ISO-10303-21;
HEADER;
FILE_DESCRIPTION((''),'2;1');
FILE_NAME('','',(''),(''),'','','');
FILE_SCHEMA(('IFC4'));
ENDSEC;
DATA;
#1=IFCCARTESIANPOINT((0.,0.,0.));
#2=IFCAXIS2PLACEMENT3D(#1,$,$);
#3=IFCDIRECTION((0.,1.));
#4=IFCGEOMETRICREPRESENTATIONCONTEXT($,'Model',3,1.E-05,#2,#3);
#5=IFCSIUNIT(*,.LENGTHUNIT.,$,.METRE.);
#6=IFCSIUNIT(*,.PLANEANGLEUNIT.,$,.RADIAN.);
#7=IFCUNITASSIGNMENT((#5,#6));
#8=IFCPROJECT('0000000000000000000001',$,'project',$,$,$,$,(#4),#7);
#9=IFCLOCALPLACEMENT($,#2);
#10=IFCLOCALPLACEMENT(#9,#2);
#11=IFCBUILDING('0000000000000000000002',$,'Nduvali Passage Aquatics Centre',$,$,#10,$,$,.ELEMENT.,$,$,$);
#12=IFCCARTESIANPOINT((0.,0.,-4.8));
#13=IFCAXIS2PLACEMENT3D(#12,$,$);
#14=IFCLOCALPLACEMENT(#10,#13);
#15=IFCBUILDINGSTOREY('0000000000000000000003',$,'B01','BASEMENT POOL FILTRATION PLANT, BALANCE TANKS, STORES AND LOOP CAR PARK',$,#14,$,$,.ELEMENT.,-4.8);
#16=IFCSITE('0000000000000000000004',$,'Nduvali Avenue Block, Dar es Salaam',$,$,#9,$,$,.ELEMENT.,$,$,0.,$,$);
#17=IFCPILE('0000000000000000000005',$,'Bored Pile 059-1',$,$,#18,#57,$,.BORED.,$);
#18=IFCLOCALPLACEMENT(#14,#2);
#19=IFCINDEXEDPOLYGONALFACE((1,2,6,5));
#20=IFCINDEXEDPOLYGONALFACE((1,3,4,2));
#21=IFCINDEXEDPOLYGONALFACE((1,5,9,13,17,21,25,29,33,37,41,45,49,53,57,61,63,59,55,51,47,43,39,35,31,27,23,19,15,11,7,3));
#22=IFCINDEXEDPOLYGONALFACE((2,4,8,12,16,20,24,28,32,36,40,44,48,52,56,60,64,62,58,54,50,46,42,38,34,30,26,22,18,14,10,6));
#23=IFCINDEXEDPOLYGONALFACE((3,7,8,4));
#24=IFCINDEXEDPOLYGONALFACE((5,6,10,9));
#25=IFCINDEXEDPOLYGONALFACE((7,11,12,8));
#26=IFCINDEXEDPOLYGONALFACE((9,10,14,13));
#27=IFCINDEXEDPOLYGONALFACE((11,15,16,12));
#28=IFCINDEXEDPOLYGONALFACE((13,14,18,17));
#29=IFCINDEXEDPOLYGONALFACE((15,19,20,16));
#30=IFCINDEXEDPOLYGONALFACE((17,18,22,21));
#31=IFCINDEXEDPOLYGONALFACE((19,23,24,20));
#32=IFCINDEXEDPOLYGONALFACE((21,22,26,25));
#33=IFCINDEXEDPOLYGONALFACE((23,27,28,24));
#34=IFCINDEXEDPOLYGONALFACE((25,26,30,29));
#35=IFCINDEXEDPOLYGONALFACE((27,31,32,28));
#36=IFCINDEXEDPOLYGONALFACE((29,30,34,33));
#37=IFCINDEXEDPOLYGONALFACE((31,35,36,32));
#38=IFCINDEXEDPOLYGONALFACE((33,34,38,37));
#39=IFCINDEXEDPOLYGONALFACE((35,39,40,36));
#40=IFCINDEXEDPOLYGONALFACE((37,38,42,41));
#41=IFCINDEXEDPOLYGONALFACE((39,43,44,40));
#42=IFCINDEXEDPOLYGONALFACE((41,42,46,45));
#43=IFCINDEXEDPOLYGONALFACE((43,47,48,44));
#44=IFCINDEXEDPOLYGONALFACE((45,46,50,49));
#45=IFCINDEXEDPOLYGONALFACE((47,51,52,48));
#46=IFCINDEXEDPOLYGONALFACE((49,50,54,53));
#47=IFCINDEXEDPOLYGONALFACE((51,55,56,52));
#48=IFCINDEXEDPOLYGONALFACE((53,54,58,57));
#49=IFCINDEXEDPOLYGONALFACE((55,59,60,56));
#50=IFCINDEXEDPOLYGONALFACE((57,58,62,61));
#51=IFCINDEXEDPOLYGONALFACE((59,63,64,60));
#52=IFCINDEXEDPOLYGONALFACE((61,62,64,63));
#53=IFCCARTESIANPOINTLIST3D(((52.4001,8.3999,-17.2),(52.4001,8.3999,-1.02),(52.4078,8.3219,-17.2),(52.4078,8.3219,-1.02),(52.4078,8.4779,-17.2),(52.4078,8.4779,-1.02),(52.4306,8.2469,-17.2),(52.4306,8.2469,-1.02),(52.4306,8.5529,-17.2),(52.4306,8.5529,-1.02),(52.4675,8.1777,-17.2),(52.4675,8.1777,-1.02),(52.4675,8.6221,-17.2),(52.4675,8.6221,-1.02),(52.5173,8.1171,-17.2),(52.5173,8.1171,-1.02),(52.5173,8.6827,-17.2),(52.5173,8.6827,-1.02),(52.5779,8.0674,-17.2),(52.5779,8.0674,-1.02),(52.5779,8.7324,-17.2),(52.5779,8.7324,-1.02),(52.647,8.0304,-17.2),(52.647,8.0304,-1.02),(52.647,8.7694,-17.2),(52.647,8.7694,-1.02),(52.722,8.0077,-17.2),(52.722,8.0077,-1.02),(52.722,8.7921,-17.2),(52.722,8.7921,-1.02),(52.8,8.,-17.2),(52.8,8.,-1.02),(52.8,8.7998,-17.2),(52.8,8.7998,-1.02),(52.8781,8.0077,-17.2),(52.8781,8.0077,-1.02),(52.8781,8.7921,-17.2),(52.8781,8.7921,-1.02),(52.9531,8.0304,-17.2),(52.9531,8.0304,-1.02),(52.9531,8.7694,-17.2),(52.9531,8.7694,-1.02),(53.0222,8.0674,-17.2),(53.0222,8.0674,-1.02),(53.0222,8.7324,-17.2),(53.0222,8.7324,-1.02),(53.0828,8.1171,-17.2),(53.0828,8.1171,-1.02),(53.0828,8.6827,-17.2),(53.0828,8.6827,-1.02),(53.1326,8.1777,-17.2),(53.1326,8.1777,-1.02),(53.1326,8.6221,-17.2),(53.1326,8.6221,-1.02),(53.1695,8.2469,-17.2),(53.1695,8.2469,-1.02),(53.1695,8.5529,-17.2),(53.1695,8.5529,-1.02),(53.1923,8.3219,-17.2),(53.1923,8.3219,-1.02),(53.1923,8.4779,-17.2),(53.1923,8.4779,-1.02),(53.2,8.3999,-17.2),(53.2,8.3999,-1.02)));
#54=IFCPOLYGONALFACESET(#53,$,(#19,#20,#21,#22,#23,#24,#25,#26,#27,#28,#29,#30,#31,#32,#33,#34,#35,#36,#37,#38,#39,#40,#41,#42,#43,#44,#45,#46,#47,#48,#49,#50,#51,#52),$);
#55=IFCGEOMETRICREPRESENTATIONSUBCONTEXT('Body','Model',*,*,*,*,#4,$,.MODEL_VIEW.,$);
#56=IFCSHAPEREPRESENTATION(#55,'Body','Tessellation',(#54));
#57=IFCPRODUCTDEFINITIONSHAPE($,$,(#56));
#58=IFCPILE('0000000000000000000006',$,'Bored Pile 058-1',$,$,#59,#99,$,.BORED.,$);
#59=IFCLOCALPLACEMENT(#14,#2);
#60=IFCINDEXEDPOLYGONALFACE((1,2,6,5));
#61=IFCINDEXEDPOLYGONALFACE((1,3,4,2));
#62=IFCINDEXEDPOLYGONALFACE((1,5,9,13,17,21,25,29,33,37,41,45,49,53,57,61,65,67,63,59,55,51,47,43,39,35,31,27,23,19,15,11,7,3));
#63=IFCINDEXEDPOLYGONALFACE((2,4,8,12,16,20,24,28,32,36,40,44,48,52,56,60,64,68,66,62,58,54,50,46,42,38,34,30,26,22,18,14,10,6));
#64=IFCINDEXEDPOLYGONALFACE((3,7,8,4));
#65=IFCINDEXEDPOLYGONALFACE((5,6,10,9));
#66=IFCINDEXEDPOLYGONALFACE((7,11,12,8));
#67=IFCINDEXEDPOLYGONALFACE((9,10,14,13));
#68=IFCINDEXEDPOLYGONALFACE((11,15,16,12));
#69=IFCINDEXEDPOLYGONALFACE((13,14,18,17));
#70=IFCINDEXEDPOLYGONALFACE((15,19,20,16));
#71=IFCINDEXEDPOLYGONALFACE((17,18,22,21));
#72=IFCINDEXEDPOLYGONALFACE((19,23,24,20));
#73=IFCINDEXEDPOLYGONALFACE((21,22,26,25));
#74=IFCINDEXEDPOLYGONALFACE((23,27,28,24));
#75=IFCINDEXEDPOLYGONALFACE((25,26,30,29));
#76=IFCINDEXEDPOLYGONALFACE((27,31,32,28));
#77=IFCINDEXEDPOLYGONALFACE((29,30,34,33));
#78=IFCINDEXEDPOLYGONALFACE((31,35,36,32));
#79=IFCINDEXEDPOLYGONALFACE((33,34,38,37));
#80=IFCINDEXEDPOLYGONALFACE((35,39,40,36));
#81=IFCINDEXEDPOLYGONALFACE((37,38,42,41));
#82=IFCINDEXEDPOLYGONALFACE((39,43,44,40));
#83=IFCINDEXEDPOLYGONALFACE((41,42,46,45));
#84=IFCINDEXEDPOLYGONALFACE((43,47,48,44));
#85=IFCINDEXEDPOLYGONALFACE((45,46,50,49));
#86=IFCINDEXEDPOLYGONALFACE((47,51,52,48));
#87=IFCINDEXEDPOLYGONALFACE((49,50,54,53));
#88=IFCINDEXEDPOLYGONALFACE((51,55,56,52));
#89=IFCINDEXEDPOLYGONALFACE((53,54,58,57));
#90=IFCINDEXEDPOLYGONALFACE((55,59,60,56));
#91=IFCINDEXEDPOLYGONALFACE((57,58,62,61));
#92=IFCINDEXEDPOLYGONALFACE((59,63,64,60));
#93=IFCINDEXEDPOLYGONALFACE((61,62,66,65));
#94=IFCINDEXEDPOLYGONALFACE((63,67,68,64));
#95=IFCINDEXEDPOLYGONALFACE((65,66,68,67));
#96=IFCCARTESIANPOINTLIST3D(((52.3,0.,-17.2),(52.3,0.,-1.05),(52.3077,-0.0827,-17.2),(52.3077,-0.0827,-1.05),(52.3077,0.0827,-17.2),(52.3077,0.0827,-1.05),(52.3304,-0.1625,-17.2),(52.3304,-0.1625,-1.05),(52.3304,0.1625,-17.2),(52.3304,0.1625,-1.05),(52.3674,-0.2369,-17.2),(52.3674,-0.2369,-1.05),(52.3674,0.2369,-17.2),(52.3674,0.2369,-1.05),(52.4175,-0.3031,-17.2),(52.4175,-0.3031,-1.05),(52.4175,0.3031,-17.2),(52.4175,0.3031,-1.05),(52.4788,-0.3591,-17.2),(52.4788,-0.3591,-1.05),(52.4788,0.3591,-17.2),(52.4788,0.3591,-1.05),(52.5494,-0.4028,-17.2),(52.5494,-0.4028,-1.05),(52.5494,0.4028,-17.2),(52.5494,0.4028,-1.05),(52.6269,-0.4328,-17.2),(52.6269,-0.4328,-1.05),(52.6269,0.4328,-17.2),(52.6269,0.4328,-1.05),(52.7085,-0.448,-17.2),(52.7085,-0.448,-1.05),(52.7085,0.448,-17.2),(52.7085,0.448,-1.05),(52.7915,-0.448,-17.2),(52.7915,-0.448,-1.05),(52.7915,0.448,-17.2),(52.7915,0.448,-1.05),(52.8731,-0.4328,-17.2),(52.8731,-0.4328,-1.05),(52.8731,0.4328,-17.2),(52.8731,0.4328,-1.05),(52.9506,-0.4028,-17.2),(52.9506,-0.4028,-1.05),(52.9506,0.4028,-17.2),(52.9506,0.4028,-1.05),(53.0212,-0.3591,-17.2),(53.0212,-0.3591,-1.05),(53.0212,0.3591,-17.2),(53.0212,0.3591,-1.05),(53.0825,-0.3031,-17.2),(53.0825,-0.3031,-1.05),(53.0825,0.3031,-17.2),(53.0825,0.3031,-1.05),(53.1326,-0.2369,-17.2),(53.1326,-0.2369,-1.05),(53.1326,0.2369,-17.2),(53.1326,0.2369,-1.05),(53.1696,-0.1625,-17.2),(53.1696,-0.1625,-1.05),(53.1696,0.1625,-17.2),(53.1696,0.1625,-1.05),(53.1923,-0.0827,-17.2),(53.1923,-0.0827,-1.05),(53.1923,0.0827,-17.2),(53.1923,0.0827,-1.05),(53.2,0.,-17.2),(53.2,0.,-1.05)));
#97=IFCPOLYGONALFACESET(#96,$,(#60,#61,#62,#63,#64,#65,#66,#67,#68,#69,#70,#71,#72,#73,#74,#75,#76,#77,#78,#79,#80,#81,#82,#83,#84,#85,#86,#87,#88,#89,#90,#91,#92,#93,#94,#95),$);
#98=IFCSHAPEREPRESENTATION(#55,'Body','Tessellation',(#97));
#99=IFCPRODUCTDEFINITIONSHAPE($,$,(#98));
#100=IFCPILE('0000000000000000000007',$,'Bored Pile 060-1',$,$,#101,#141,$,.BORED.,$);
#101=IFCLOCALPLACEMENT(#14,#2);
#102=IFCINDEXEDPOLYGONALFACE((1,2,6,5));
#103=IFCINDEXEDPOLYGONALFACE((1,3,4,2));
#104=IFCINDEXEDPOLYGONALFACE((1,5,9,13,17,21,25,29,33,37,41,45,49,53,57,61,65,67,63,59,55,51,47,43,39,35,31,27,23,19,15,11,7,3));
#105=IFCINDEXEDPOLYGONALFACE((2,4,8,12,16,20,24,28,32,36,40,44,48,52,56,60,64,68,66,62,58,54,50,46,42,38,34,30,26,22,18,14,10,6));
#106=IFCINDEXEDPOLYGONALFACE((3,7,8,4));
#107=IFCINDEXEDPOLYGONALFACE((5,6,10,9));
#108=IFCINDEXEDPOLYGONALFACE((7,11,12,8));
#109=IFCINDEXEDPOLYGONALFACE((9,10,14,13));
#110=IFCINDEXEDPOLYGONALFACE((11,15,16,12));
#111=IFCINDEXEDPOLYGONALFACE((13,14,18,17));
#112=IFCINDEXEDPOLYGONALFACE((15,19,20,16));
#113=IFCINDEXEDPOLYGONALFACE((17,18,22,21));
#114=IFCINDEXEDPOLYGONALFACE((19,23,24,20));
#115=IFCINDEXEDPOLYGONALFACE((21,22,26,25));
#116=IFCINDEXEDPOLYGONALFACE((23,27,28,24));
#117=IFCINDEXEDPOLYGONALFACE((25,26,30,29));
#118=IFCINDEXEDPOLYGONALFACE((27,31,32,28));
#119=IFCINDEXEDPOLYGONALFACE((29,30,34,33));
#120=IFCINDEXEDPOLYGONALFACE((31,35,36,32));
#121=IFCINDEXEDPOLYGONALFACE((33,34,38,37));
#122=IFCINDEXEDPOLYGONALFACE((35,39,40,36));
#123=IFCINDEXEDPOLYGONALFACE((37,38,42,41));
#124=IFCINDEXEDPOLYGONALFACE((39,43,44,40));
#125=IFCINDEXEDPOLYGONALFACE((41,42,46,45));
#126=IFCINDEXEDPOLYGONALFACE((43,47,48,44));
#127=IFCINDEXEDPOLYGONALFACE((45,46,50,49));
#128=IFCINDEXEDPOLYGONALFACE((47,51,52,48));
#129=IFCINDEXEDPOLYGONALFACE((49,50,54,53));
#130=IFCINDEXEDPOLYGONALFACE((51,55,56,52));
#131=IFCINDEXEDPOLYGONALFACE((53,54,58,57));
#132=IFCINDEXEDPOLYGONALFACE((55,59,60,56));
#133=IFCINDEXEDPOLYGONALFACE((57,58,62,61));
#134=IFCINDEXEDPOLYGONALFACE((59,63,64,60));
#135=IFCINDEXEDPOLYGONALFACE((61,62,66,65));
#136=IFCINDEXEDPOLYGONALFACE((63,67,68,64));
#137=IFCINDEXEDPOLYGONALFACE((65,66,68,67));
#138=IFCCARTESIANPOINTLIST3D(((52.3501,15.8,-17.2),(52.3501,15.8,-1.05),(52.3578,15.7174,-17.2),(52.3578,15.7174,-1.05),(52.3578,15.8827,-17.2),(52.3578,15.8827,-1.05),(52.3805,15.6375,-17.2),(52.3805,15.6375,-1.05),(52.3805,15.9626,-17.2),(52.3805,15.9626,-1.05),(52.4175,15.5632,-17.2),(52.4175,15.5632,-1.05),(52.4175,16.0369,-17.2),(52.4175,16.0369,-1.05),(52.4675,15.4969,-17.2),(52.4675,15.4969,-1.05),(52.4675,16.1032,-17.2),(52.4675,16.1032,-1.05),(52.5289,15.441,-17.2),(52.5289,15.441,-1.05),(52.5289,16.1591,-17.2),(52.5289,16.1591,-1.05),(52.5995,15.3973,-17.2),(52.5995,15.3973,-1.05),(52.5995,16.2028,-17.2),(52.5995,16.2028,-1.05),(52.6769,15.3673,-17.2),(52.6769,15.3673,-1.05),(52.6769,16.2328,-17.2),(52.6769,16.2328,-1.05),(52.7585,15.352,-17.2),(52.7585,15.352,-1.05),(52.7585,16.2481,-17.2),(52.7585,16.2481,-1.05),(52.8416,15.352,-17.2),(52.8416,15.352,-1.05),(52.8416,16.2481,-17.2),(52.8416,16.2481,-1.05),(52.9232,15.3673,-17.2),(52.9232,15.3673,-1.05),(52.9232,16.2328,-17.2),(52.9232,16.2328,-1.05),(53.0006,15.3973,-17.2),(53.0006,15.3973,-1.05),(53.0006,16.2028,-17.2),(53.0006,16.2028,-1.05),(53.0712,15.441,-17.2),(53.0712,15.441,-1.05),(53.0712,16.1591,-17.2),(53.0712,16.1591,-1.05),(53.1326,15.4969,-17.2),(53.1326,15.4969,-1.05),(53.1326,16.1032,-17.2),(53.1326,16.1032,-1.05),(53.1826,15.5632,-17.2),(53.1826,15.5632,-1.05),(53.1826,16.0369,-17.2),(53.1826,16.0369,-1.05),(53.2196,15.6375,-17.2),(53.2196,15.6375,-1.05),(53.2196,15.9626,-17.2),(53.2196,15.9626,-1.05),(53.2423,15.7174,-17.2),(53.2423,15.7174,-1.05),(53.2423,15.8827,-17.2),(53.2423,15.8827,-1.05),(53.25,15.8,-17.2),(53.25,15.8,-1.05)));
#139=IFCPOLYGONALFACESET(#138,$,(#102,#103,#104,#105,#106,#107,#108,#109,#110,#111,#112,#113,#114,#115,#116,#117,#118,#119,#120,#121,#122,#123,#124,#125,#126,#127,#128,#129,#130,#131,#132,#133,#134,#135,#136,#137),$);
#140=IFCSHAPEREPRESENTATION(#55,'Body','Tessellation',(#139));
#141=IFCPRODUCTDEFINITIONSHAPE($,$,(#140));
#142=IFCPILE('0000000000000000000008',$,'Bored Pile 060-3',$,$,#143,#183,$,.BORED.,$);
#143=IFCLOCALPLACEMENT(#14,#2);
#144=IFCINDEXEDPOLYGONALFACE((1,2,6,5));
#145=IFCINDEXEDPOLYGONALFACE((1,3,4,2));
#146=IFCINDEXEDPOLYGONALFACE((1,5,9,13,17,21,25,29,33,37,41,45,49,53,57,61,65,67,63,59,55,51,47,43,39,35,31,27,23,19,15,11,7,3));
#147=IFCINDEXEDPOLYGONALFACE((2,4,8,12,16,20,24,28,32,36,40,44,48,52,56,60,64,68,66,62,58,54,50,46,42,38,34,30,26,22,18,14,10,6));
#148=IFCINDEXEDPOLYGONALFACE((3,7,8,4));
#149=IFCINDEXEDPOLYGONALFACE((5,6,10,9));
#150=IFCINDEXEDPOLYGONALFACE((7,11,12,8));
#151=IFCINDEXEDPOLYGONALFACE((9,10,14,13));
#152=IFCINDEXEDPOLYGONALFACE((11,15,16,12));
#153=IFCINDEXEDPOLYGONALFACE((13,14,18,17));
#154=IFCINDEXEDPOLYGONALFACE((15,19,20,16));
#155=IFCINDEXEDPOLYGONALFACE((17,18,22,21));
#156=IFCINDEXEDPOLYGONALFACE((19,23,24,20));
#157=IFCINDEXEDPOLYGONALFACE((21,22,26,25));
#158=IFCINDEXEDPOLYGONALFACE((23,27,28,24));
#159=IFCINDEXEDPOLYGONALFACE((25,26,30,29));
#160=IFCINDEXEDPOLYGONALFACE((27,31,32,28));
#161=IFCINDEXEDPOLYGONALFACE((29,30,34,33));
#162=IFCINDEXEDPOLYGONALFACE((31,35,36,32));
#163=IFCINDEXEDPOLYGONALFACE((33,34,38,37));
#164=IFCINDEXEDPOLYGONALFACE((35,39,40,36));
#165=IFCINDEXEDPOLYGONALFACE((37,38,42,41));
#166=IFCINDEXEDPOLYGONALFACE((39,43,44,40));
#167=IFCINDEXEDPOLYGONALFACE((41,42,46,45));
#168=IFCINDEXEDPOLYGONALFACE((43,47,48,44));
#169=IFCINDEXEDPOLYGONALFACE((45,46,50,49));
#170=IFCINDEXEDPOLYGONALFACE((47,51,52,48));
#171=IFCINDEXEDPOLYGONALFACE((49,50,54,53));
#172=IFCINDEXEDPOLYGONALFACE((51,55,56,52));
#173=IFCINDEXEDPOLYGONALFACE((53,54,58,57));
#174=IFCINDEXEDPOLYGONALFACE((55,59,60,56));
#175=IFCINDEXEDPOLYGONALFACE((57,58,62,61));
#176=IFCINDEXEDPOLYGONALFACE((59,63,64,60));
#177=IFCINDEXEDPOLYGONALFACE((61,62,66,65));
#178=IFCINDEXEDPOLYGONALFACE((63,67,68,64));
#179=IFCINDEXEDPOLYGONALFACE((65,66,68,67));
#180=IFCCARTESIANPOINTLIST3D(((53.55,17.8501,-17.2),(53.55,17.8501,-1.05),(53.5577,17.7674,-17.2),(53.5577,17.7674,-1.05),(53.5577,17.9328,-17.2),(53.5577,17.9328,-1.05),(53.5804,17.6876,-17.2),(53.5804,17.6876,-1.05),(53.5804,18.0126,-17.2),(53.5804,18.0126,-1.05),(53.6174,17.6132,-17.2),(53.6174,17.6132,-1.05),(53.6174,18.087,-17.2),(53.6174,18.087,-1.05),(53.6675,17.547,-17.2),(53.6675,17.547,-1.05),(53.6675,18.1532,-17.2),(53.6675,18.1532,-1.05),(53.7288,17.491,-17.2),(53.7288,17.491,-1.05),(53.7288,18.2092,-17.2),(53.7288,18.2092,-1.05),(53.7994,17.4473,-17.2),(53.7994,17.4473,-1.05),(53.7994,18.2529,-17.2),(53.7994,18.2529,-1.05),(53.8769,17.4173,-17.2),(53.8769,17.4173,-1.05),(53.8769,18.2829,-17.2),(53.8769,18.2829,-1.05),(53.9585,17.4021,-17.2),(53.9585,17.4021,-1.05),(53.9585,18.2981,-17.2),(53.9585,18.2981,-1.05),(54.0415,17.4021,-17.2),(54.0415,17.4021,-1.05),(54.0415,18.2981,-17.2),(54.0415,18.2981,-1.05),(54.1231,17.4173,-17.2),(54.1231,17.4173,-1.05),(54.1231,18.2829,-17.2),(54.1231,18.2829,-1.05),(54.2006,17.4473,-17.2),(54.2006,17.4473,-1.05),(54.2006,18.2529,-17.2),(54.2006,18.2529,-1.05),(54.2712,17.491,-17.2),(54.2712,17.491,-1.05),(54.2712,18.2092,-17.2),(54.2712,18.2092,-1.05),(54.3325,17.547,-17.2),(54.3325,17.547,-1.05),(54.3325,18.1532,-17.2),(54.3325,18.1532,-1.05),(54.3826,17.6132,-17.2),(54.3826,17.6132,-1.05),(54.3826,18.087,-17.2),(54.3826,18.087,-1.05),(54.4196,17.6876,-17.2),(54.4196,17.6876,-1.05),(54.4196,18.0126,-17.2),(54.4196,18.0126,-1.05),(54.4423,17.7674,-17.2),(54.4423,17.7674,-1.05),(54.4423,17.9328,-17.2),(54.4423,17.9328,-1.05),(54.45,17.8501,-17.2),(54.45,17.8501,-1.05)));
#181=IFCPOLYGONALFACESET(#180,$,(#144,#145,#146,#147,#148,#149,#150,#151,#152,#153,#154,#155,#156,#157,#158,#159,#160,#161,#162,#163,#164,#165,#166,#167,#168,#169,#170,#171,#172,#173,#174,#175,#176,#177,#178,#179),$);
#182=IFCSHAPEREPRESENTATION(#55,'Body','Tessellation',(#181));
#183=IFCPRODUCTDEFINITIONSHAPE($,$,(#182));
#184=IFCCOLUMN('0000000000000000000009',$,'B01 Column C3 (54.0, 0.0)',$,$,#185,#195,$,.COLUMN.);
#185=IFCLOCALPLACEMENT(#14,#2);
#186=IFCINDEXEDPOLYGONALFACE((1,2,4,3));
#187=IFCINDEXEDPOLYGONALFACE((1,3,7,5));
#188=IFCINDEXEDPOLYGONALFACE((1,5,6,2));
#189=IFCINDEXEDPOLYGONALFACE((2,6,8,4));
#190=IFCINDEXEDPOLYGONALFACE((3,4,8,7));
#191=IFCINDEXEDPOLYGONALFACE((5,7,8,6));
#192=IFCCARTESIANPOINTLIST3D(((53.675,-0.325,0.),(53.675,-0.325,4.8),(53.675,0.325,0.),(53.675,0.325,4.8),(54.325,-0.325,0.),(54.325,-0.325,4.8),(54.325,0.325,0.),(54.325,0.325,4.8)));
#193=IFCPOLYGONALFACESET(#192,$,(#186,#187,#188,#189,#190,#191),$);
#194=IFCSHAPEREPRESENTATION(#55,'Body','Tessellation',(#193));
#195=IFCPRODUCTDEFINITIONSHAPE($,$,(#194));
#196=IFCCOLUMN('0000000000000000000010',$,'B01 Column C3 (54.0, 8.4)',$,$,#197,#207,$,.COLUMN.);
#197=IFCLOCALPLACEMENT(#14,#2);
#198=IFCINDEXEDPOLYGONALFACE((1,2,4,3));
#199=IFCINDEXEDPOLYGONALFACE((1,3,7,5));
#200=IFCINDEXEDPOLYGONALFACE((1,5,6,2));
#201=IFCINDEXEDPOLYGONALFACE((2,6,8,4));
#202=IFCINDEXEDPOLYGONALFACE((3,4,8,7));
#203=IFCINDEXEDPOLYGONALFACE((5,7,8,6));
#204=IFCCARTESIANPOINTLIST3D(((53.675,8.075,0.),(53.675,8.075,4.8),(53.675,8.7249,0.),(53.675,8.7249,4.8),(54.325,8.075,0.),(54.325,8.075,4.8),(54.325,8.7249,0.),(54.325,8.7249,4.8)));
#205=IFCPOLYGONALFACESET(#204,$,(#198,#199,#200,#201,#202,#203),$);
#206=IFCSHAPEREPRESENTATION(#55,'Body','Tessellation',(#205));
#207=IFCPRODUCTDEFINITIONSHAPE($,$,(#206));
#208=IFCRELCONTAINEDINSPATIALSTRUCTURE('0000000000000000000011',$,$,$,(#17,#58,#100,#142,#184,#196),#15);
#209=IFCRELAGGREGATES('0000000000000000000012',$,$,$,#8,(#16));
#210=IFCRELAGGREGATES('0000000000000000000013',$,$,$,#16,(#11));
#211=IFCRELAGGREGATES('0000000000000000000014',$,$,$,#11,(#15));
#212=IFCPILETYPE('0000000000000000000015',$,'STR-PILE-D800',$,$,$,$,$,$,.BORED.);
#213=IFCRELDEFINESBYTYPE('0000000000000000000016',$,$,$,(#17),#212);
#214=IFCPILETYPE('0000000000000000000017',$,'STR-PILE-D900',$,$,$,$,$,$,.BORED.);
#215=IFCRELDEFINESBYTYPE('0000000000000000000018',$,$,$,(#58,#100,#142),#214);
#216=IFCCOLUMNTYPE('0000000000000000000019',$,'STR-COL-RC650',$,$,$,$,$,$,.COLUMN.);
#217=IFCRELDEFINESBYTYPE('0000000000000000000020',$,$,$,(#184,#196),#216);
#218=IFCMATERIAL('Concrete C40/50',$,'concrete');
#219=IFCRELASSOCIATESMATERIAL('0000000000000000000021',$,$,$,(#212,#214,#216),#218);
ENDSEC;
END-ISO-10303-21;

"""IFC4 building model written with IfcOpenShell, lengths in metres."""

from ifc_helpers import new_model, si_unit, direction, frame, origin, origin_2d, place, context, subcontext, project, spatial, rectangle, circle, extrude, material, material_profile, profile_set, type_object, element, save


model = new_model("IFC4")

# Units and contexts
model_context = context("Model", 3, precision=1e-05, world=origin(), true_north=direction((0.0, 1.0)))
body_context = subcontext(model_context, "Body", "Model", "MODEL_VIEW")
ifc_project = project(units=[si_unit("LENGTHUNIT", "METRE"), si_unit("PLANEANGLEUNIT", "RADIAN")], contexts=[model_context])

# Site, building, storey
site_placement = place(None, origin())
site = spatial("IfcSite", under=ifc_project, at=site_placement, Name="Nduvali Avenue Block, Dar es Salaam", CompositionType="ELEMENT", RefElevation=0.0)
building_placement = place(site_placement, origin())
building = spatial("IfcBuilding", under=site, at=building_placement, Name="Nduvali Passage Aquatics Centre", CompositionType="ELEMENT")
storey_placement = place(building_placement, frame((0.0, 0.0, -4.8)))
storey = spatial("IfcBuildingStorey", under=building, at=storey_placement, Name="B01", Description="BASEMENT POOL FILTRATION PLANT, BALANCE TANKS, STORES AND LOOP CAR PARK", CompositionType="ELEMENT", Elevation=-4.8)

# Shared definitions
ifc_material = material(Name="Concrete C40/50", Category="concrete")

# Piles
ifc_material_profile_1 = material_profile(ifc_material, circle(Radius=0.3999, at=origin_2d()), Name="PILE D800")
ifc_profile_set_1 = profile_set([ifc_material_profile_1], Name="Concrete C40/50")
pile_type_1 = type_object("IfcPileType", Name="STR-PILE-D800", PredefinedType="BORED", material=ifc_profile_set_1)
pile_1_placement = place(storey_placement, frame((52.8, 8.3999, -1.02), z_axis=(0.0, 0.0, -1.0), x_axis=(1.0, 0.0, 0.0)))
element("IfcPile", 1, at=pile_1_placement, inside=storey, type_object=pile_type_1, Name="Bored Pile 059-1", PredefinedType="BORED", context=body_context, shape_type="SweptSolid", body=[
    extrude(circle(Radius=0.3999, at=origin_2d()), origin(), (0.0, 0.0, 1.0), 16.1799),
])
ifc_material_profile_2 = material_profile(ifc_material, circle(Radius=0.45, at=origin_2d()), Name="PILE D900")
ifc_profile_set_2 = profile_set([ifc_material_profile_2], Name="Concrete C40/50")
pile_type_2 = type_object("IfcPileType", Name="STR-PILE-D900", PredefinedType="BORED", material=ifc_profile_set_2)
for number, where, z_axis, x_axis, name in (
    (2, (52.75, 0.0, -1.05), (0.0, 0.0, -1.0), (1.0, 0.0, 0.0), "Bored Pile 058-1"),
    (3, (52.8, 15.8, -1.05), (0.0, 0.0, -1.0), (1.0, 0.0, 0.0), "Bored Pile 060-1"),
    (4, (54.0, 17.8501, -1.05), (0.0, 0.0, -1.0), (1.0, 0.0, 0.0), "Bored Pile 060-3"),
):
    element("IfcPile", number, at=place(storey_placement, frame(where, z_axis=z_axis, x_axis=x_axis)), inside=storey, type_object=pile_type_2, Name=name, PredefinedType="BORED", context=body_context, shape_type="SweptSolid", body=[
        extrude(circle(Radius=0.45, at=origin_2d()), origin(), (0.0, 0.0, 1.0), 16.1499),
    ])

# Columns
ifc_material_profile_3 = material_profile(ifc_material, rectangle(XDim=0.6499, YDim=0.6499, at=origin_2d()), Name="RC 650x650")
ifc_profile_set_3 = profile_set([ifc_material_profile_3], Name="Concrete C40/50")
column_type = type_object("IfcColumnType", Name="STR-COL-RC650", PredefinedType="COLUMN", material=ifc_profile_set_3)
for number, where, z_axis, x_axis, name in (
    (5, (54.0, 0.0, 0.0), (0.0, 0.0, 1.0), (1.0, 0.0, 0.0), "B01 Column C3 (54.0, 0.0)"),
    (6, (54.0, 8.3999, 0.0), (0.0, 0.0, 1.0), (1.0, 0.0, 0.0), "B01 Column C3 (54.0, 8.4)"),
):
    element("IfcColumn", number, at=place(storey_placement, frame(where, z_axis=z_axis, x_axis=x_axis)), inside=storey, type_object=column_type, Name=name, PredefinedType="COLUMN", context=body_context, shape_type="SweptSolid", body=[
        extrude(rectangle(XDim=0.6499, YDim=0.6499, at=origin_2d()), origin(), (0.0, 0.0, 1.0), 4.8),
    ])

save(model, "model.ifc")
